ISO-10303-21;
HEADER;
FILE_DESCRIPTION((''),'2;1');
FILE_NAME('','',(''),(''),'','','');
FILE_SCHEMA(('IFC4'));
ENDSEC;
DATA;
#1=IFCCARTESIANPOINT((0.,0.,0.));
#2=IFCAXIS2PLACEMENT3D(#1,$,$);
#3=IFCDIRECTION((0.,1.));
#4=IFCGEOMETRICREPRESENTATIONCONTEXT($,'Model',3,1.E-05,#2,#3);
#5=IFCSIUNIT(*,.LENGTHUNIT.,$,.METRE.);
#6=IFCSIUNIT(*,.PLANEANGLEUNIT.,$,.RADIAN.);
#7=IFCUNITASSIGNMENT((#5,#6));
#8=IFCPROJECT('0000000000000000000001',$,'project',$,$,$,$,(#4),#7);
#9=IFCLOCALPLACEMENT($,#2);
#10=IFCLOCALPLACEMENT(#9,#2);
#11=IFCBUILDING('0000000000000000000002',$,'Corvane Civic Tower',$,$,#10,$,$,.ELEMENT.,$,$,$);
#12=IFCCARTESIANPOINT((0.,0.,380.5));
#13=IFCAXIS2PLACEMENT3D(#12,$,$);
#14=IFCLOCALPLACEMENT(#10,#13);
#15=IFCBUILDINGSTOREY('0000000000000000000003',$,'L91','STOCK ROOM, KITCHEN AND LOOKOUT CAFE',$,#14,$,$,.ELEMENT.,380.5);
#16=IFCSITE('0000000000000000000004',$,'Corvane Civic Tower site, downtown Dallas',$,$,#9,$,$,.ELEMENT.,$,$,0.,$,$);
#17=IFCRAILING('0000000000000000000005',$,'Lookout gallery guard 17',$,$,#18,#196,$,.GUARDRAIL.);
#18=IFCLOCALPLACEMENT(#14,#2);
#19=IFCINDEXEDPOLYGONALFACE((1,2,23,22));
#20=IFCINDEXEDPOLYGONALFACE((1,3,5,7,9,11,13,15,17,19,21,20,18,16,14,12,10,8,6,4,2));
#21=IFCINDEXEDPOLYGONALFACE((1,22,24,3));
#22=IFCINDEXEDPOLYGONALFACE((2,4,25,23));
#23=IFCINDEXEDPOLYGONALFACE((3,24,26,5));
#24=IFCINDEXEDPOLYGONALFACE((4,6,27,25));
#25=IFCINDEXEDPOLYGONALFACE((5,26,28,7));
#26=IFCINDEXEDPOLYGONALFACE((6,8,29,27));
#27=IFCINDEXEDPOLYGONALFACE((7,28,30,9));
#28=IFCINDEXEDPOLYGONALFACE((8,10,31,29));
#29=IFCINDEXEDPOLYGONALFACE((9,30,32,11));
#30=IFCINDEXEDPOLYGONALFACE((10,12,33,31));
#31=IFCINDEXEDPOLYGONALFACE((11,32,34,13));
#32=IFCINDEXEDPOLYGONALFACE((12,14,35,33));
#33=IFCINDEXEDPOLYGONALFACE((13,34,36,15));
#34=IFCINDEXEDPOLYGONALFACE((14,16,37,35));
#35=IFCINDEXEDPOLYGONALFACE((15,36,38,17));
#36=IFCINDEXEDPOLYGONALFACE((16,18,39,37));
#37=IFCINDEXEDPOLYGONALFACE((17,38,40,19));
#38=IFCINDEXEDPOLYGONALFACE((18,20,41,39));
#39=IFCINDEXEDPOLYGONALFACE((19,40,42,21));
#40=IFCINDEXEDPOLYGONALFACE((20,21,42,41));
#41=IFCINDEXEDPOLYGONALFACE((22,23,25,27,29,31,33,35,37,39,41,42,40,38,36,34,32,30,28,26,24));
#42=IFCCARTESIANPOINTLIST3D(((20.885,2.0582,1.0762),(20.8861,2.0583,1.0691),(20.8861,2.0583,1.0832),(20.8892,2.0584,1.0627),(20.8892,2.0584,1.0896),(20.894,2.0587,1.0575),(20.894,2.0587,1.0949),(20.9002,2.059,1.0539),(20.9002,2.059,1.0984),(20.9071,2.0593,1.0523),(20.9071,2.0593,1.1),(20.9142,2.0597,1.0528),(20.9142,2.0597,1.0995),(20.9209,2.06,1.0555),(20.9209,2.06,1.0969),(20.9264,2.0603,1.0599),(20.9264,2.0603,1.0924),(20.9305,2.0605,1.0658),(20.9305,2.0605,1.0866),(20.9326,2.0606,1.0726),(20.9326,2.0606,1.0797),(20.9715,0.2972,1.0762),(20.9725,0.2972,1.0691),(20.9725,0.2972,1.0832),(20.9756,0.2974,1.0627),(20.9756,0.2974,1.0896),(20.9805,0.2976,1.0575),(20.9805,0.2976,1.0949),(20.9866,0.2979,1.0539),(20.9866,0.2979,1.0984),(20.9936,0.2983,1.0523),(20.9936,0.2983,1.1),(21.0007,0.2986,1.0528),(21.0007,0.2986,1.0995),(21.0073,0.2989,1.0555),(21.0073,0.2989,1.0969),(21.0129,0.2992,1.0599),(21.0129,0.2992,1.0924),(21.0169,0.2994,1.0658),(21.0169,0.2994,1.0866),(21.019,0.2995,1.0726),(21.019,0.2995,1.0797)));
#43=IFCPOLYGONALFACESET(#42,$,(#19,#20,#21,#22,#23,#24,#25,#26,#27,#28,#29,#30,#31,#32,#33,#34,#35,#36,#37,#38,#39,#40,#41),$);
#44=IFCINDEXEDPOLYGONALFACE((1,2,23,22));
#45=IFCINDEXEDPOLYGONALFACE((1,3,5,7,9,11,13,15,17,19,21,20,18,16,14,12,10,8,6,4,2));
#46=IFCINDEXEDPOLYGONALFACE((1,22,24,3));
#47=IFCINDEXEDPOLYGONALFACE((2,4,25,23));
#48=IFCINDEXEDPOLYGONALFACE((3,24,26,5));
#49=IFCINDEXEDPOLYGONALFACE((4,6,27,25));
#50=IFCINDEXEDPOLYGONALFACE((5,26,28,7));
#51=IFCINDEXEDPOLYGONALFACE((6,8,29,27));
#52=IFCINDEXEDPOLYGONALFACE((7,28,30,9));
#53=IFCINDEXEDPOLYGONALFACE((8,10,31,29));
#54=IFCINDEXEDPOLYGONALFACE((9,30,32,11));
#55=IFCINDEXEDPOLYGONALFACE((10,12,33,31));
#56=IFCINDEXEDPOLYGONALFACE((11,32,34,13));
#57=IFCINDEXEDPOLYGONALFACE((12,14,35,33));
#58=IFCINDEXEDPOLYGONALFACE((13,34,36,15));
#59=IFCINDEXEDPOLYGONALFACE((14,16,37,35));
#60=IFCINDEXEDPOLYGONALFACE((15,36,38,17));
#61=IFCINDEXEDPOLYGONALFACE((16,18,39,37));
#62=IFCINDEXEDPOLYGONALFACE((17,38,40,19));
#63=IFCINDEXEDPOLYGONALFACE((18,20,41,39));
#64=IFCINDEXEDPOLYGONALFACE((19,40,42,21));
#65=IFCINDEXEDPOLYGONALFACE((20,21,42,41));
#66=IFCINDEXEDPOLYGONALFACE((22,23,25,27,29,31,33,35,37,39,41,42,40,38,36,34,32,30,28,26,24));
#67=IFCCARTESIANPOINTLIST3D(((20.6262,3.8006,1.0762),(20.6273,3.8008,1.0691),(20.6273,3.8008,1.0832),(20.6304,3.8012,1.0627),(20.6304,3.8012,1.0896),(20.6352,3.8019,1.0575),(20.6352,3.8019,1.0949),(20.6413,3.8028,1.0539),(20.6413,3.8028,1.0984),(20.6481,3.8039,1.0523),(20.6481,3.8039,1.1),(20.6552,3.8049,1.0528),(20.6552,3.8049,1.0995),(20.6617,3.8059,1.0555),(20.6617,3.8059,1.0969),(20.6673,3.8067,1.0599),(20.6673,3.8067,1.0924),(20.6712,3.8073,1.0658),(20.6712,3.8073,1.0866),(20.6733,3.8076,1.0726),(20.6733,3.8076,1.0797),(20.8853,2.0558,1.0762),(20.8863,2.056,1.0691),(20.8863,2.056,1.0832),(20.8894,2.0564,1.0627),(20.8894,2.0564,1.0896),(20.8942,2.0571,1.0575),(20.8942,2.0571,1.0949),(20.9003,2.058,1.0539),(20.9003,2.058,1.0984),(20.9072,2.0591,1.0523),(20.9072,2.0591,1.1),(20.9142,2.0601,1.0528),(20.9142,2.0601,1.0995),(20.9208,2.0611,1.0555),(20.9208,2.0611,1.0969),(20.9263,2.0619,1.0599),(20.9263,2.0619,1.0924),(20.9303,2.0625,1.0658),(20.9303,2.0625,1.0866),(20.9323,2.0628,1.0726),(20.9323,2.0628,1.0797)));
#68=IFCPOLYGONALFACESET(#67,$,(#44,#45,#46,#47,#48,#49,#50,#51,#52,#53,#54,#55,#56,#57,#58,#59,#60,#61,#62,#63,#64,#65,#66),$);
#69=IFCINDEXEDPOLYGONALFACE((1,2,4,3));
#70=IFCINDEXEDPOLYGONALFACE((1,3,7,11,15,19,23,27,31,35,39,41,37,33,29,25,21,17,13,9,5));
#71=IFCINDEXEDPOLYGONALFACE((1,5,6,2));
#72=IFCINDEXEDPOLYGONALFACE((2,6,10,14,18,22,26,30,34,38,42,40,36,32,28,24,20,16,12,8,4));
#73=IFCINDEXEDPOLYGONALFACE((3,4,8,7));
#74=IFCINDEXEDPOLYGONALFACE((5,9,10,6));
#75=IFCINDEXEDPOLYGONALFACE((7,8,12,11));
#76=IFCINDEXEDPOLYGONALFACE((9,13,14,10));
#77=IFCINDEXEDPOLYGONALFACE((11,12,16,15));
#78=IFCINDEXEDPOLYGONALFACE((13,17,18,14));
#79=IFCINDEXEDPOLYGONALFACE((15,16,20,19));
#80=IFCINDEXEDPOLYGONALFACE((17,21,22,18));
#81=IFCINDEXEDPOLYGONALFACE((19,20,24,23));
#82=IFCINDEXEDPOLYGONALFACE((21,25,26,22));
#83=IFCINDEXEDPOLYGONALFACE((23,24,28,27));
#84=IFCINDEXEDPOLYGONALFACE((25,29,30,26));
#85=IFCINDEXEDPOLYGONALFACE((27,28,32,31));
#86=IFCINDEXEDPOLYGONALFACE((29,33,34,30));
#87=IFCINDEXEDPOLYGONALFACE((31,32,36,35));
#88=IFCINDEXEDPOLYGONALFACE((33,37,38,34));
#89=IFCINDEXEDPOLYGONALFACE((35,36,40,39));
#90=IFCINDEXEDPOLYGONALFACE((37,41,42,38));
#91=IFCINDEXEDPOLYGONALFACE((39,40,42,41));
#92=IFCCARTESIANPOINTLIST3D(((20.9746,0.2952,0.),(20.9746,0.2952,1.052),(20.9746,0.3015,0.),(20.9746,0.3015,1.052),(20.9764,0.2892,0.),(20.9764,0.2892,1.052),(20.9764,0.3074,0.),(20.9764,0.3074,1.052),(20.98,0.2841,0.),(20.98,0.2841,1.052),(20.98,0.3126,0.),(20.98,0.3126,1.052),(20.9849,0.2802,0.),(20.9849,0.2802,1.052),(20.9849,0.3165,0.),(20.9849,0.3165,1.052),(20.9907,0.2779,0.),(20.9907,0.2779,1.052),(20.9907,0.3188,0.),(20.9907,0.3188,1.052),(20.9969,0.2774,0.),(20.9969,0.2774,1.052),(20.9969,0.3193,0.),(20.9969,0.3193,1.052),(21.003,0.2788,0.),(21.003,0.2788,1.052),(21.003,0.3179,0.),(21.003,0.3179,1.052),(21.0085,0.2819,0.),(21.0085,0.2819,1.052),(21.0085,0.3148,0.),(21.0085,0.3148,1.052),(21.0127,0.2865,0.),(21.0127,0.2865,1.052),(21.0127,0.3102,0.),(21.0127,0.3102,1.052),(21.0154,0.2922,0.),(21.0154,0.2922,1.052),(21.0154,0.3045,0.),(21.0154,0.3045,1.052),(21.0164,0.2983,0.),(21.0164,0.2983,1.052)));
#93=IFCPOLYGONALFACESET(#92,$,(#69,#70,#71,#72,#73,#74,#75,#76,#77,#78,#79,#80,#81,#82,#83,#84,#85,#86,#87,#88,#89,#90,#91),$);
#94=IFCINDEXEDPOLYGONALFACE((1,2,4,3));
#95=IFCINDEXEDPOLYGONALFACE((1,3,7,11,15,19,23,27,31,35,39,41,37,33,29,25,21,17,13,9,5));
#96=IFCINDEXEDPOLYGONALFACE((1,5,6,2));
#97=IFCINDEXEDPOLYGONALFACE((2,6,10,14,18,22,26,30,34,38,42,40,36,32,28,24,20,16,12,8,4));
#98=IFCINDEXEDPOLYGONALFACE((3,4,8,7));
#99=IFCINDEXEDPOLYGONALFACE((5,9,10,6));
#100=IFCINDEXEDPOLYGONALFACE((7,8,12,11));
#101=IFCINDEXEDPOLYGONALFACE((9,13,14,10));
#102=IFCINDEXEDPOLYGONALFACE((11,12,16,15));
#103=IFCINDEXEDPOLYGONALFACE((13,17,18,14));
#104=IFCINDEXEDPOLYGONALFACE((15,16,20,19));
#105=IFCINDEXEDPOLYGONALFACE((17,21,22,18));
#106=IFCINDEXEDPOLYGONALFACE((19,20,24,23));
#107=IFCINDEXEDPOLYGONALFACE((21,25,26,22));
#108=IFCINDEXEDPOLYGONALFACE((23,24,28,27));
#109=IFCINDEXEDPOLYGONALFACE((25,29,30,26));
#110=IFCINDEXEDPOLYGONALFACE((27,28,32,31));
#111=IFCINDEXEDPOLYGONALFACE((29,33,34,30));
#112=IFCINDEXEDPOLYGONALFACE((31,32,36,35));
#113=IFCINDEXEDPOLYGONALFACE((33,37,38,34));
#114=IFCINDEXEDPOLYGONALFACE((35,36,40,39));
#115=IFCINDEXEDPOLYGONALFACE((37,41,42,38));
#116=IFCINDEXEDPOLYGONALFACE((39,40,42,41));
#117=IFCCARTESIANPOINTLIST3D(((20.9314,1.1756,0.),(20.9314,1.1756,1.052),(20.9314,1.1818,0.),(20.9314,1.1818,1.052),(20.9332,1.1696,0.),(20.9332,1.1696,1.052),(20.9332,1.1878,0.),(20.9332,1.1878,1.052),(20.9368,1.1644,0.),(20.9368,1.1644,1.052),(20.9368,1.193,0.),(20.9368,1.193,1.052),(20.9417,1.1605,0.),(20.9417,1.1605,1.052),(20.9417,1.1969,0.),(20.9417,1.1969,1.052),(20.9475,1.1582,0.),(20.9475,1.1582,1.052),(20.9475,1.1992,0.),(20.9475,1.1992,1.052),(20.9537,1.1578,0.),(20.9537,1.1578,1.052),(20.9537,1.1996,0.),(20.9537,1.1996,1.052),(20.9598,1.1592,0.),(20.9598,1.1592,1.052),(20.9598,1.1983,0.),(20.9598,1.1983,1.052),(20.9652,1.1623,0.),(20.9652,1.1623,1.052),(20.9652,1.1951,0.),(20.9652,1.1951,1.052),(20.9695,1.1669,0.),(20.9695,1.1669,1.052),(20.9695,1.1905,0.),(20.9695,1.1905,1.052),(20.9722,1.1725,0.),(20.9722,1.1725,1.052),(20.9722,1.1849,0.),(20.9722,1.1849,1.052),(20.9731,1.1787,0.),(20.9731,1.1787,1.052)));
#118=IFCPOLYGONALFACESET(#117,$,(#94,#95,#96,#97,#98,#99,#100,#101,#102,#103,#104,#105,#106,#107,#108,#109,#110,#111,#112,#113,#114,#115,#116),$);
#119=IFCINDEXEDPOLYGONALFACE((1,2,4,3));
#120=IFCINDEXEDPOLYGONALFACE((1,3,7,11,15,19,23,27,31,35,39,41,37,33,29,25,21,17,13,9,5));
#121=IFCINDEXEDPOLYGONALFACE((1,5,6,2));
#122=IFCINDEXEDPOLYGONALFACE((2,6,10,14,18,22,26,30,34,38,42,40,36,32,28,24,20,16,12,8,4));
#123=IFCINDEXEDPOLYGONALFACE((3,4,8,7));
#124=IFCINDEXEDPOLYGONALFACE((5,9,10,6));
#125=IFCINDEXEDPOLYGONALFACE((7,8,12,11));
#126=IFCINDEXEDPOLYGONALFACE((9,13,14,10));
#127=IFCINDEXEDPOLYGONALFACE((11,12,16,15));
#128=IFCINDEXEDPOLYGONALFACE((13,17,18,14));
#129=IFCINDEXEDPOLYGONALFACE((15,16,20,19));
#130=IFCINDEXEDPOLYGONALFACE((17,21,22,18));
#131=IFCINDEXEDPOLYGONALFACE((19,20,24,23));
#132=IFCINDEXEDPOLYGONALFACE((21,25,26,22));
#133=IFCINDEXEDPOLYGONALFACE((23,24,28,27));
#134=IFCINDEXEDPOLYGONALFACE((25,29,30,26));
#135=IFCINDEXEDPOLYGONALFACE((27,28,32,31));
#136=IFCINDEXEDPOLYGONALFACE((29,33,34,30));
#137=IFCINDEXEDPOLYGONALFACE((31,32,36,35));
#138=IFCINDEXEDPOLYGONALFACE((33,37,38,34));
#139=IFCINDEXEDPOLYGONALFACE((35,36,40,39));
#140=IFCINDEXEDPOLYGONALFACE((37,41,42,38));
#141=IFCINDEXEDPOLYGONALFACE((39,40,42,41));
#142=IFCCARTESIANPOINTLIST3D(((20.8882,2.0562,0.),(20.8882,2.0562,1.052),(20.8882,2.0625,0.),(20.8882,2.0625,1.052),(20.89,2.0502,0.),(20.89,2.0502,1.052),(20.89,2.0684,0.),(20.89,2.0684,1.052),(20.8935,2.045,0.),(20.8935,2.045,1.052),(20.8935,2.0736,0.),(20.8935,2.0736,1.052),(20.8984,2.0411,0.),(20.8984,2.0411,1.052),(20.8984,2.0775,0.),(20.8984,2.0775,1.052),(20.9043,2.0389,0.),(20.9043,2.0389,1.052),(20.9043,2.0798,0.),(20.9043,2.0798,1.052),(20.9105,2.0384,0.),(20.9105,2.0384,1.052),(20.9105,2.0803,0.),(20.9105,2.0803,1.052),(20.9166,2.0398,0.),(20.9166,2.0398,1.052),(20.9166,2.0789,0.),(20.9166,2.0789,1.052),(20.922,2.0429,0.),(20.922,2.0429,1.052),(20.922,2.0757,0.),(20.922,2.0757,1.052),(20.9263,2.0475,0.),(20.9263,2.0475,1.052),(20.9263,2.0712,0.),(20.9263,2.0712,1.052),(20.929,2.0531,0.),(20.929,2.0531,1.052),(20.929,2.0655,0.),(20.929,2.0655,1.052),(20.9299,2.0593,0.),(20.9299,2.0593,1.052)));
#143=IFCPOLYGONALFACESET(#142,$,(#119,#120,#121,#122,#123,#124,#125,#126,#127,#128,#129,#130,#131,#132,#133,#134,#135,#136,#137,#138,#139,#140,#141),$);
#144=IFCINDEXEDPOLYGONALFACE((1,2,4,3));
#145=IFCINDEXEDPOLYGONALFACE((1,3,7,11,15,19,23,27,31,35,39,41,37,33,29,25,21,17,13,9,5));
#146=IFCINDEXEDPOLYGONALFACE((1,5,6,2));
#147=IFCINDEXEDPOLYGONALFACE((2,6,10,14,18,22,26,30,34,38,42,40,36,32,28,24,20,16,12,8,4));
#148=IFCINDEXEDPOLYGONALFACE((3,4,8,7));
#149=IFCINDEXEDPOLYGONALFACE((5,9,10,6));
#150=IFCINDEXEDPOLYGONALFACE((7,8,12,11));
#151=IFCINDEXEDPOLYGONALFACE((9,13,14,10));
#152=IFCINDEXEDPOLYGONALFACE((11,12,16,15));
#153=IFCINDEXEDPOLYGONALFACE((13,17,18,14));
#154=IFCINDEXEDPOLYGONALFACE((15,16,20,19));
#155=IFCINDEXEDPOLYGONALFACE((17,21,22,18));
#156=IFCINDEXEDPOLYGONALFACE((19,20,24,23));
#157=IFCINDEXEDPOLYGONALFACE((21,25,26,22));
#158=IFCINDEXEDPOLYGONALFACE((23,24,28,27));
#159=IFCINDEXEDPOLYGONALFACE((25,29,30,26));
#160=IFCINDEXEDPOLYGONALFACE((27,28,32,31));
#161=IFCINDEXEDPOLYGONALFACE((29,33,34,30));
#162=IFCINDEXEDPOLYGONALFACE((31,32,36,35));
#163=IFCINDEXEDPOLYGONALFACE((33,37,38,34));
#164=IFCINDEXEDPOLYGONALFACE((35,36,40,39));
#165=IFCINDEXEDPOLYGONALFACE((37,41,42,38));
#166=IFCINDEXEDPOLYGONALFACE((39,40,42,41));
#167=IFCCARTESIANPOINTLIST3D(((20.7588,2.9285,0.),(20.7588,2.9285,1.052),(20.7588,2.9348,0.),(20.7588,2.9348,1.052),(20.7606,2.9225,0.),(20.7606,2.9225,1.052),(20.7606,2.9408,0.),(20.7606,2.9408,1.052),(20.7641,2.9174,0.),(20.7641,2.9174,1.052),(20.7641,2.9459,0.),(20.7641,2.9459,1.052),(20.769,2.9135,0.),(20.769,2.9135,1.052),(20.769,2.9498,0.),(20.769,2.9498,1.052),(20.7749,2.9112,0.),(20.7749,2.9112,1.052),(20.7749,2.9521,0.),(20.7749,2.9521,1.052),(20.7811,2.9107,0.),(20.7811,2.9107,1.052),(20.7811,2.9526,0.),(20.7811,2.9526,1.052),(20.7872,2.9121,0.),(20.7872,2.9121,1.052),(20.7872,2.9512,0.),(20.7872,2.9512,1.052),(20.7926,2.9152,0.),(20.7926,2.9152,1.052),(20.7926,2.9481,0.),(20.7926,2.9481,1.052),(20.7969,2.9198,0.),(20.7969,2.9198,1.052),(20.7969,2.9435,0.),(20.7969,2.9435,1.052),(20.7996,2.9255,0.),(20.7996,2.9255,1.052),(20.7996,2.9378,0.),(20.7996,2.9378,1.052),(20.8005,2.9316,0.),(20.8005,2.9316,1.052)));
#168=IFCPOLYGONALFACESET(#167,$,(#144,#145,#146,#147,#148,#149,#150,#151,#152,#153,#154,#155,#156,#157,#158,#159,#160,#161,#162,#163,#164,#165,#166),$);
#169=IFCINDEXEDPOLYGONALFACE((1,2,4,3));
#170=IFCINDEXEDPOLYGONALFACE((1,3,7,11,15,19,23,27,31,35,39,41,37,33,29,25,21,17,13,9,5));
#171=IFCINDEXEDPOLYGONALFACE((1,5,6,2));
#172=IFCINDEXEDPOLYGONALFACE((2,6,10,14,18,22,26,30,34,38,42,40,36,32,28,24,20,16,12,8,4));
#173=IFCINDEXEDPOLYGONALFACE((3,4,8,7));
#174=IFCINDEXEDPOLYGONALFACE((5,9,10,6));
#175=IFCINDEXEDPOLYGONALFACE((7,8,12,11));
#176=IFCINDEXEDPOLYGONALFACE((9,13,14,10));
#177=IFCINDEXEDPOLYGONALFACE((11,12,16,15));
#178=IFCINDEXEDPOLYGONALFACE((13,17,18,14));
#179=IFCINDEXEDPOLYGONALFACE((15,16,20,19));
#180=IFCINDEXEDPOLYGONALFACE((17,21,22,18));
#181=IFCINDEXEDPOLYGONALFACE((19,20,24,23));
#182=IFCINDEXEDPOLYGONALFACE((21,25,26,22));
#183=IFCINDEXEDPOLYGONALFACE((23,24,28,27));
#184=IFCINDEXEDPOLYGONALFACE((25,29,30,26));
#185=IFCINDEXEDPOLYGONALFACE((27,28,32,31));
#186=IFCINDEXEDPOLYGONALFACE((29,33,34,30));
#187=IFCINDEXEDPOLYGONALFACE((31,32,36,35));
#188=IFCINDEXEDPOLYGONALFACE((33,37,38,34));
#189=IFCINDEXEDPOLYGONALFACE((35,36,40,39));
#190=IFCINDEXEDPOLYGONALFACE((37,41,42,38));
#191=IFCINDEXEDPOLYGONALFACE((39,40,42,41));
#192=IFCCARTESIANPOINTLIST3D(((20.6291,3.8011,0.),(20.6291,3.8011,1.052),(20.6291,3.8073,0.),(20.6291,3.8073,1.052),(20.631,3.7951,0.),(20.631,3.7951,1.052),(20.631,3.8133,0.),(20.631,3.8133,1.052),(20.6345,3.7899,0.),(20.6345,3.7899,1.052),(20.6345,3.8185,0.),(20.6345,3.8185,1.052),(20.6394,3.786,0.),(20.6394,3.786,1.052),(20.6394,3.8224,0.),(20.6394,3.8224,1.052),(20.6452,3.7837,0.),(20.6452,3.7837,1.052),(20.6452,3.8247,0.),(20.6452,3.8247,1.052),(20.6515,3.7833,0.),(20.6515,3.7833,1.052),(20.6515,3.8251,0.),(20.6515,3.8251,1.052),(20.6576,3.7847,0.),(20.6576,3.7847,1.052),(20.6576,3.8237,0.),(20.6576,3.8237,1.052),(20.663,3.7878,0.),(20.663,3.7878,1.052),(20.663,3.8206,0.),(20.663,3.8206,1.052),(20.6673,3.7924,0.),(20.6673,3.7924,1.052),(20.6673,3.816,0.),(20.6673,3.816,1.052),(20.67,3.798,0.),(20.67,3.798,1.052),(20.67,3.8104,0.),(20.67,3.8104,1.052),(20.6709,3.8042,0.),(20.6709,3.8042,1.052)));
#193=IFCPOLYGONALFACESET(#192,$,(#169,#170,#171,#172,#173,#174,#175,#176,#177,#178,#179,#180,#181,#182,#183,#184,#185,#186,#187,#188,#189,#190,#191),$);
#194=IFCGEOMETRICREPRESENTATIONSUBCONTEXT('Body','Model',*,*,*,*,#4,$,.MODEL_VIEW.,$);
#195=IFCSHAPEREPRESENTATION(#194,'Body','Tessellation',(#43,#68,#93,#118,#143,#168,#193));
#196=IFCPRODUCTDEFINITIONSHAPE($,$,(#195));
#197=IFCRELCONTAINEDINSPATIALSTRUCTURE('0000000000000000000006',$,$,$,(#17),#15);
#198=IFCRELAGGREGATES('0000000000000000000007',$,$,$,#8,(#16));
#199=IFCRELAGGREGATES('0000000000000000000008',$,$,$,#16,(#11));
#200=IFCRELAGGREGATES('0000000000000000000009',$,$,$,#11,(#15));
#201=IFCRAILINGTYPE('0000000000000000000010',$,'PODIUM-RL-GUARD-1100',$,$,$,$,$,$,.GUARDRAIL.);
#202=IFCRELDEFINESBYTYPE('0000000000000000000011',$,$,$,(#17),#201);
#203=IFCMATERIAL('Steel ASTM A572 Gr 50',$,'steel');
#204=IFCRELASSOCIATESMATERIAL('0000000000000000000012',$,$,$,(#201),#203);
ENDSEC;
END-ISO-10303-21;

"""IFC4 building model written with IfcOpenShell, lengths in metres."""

from ifc_helpers import new_model, si_unit, direction, frame, origin, origin_2d, place, context, subcontext, project, spatial, circle, extrude, material, type_object, element, save


model = new_model("IFC4")

# Units and contexts
model_context = context("Model", 3, precision=1e-05, world=origin(), true_north=direction((0.0, 1.0)))
body_context = subcontext(model_context, "Body", "Model", "MODEL_VIEW")
ifc_project = project(units=[si_unit("LENGTHUNIT", "METRE"), si_unit("PLANEANGLEUNIT", "RADIAN")], contexts=[model_context])

# Site, building, storey
site_placement = place(None, origin())
site = spatial("IfcSite", under=ifc_project, at=site_placement, Name="Corvane Civic Tower site, downtown Dallas", CompositionType="ELEMENT", RefElevation=0.0)
building_placement = place(site_placement, origin())
building = spatial("IfcBuilding", under=site, at=building_placement, Name="Corvane Civic Tower", CompositionType="ELEMENT")
storey_placement = place(building_placement, frame((0.0, 0.0, 380.5)))
storey = spatial("IfcBuildingStorey", under=building, at=storey_placement, Name="L91", Description="STOCK ROOM, KITCHEN AND LOOKOUT CAFE", CompositionType="ELEMENT", Elevation=380.5)

# Railing
ifc_material_1 = material(Name="Steel ASTM A572 Gr 50", Category="steel")
railing_type = type_object("IfcRailingType", Name="PODIUM-RL-GUARD-1100", PredefinedType="GUARDRAIL", material=ifc_material_1)
railing_placement = place(storey_placement, frame((20.9954, 0.2983, 0.0)))
element("IfcRailing", 1, at=railing_placement, inside=storey, type_object=railing_type, Name="Lookout gallery guard 17", PredefinedType="GUARDRAIL", context=body_context, shape_type="SweptSolid", body=[
    extrude(circle(Radius=0.0239, at=origin_2d()), frame((0.0, 0.0, 1.0762), z_axis=(-0.049019, 0.998798, 0.0), x_axis=(-0.998798, -0.049019, 0.0)), (0.0, 0.0, 1.0), 1.7632),
    extrude(circle(Radius=0.0239, at=origin_2d()), frame((-0.0864, 1.761, 1.0762), z_axis=(-0.146845, 0.98916, 0.0), x_axis=(-0.98916, -0.146845, 0.0)), (0.0, 0.0, 1.0), 1.7639),
    extrude(circle(Radius=0.021, at=origin_2d()), origin(), (0.0, 0.0, 1.0), 1.052),
    extrude(circle(Radius=0.021, at=origin_2d()), frame((-0.0432, 0.8804, 0.0)), (0.0, 0.0, 1.0), 1.052),
    extrude(circle(Radius=0.021, at=origin_2d()), frame((-0.0864, 1.761, 0.0)), (0.0, 0.0, 1.0), 1.052),
    extrude(circle(Radius=0.021, at=origin_2d()), frame((-0.2158, 2.6333, 0.0)), (0.0, 0.0, 1.0), 1.052),
    extrude(circle(Radius=0.021, at=origin_2d()), frame((-0.3455, 3.5059, 0.0)), (0.0, 0.0, 1.0), 1.052),
])

save(model, "model.ifc")
